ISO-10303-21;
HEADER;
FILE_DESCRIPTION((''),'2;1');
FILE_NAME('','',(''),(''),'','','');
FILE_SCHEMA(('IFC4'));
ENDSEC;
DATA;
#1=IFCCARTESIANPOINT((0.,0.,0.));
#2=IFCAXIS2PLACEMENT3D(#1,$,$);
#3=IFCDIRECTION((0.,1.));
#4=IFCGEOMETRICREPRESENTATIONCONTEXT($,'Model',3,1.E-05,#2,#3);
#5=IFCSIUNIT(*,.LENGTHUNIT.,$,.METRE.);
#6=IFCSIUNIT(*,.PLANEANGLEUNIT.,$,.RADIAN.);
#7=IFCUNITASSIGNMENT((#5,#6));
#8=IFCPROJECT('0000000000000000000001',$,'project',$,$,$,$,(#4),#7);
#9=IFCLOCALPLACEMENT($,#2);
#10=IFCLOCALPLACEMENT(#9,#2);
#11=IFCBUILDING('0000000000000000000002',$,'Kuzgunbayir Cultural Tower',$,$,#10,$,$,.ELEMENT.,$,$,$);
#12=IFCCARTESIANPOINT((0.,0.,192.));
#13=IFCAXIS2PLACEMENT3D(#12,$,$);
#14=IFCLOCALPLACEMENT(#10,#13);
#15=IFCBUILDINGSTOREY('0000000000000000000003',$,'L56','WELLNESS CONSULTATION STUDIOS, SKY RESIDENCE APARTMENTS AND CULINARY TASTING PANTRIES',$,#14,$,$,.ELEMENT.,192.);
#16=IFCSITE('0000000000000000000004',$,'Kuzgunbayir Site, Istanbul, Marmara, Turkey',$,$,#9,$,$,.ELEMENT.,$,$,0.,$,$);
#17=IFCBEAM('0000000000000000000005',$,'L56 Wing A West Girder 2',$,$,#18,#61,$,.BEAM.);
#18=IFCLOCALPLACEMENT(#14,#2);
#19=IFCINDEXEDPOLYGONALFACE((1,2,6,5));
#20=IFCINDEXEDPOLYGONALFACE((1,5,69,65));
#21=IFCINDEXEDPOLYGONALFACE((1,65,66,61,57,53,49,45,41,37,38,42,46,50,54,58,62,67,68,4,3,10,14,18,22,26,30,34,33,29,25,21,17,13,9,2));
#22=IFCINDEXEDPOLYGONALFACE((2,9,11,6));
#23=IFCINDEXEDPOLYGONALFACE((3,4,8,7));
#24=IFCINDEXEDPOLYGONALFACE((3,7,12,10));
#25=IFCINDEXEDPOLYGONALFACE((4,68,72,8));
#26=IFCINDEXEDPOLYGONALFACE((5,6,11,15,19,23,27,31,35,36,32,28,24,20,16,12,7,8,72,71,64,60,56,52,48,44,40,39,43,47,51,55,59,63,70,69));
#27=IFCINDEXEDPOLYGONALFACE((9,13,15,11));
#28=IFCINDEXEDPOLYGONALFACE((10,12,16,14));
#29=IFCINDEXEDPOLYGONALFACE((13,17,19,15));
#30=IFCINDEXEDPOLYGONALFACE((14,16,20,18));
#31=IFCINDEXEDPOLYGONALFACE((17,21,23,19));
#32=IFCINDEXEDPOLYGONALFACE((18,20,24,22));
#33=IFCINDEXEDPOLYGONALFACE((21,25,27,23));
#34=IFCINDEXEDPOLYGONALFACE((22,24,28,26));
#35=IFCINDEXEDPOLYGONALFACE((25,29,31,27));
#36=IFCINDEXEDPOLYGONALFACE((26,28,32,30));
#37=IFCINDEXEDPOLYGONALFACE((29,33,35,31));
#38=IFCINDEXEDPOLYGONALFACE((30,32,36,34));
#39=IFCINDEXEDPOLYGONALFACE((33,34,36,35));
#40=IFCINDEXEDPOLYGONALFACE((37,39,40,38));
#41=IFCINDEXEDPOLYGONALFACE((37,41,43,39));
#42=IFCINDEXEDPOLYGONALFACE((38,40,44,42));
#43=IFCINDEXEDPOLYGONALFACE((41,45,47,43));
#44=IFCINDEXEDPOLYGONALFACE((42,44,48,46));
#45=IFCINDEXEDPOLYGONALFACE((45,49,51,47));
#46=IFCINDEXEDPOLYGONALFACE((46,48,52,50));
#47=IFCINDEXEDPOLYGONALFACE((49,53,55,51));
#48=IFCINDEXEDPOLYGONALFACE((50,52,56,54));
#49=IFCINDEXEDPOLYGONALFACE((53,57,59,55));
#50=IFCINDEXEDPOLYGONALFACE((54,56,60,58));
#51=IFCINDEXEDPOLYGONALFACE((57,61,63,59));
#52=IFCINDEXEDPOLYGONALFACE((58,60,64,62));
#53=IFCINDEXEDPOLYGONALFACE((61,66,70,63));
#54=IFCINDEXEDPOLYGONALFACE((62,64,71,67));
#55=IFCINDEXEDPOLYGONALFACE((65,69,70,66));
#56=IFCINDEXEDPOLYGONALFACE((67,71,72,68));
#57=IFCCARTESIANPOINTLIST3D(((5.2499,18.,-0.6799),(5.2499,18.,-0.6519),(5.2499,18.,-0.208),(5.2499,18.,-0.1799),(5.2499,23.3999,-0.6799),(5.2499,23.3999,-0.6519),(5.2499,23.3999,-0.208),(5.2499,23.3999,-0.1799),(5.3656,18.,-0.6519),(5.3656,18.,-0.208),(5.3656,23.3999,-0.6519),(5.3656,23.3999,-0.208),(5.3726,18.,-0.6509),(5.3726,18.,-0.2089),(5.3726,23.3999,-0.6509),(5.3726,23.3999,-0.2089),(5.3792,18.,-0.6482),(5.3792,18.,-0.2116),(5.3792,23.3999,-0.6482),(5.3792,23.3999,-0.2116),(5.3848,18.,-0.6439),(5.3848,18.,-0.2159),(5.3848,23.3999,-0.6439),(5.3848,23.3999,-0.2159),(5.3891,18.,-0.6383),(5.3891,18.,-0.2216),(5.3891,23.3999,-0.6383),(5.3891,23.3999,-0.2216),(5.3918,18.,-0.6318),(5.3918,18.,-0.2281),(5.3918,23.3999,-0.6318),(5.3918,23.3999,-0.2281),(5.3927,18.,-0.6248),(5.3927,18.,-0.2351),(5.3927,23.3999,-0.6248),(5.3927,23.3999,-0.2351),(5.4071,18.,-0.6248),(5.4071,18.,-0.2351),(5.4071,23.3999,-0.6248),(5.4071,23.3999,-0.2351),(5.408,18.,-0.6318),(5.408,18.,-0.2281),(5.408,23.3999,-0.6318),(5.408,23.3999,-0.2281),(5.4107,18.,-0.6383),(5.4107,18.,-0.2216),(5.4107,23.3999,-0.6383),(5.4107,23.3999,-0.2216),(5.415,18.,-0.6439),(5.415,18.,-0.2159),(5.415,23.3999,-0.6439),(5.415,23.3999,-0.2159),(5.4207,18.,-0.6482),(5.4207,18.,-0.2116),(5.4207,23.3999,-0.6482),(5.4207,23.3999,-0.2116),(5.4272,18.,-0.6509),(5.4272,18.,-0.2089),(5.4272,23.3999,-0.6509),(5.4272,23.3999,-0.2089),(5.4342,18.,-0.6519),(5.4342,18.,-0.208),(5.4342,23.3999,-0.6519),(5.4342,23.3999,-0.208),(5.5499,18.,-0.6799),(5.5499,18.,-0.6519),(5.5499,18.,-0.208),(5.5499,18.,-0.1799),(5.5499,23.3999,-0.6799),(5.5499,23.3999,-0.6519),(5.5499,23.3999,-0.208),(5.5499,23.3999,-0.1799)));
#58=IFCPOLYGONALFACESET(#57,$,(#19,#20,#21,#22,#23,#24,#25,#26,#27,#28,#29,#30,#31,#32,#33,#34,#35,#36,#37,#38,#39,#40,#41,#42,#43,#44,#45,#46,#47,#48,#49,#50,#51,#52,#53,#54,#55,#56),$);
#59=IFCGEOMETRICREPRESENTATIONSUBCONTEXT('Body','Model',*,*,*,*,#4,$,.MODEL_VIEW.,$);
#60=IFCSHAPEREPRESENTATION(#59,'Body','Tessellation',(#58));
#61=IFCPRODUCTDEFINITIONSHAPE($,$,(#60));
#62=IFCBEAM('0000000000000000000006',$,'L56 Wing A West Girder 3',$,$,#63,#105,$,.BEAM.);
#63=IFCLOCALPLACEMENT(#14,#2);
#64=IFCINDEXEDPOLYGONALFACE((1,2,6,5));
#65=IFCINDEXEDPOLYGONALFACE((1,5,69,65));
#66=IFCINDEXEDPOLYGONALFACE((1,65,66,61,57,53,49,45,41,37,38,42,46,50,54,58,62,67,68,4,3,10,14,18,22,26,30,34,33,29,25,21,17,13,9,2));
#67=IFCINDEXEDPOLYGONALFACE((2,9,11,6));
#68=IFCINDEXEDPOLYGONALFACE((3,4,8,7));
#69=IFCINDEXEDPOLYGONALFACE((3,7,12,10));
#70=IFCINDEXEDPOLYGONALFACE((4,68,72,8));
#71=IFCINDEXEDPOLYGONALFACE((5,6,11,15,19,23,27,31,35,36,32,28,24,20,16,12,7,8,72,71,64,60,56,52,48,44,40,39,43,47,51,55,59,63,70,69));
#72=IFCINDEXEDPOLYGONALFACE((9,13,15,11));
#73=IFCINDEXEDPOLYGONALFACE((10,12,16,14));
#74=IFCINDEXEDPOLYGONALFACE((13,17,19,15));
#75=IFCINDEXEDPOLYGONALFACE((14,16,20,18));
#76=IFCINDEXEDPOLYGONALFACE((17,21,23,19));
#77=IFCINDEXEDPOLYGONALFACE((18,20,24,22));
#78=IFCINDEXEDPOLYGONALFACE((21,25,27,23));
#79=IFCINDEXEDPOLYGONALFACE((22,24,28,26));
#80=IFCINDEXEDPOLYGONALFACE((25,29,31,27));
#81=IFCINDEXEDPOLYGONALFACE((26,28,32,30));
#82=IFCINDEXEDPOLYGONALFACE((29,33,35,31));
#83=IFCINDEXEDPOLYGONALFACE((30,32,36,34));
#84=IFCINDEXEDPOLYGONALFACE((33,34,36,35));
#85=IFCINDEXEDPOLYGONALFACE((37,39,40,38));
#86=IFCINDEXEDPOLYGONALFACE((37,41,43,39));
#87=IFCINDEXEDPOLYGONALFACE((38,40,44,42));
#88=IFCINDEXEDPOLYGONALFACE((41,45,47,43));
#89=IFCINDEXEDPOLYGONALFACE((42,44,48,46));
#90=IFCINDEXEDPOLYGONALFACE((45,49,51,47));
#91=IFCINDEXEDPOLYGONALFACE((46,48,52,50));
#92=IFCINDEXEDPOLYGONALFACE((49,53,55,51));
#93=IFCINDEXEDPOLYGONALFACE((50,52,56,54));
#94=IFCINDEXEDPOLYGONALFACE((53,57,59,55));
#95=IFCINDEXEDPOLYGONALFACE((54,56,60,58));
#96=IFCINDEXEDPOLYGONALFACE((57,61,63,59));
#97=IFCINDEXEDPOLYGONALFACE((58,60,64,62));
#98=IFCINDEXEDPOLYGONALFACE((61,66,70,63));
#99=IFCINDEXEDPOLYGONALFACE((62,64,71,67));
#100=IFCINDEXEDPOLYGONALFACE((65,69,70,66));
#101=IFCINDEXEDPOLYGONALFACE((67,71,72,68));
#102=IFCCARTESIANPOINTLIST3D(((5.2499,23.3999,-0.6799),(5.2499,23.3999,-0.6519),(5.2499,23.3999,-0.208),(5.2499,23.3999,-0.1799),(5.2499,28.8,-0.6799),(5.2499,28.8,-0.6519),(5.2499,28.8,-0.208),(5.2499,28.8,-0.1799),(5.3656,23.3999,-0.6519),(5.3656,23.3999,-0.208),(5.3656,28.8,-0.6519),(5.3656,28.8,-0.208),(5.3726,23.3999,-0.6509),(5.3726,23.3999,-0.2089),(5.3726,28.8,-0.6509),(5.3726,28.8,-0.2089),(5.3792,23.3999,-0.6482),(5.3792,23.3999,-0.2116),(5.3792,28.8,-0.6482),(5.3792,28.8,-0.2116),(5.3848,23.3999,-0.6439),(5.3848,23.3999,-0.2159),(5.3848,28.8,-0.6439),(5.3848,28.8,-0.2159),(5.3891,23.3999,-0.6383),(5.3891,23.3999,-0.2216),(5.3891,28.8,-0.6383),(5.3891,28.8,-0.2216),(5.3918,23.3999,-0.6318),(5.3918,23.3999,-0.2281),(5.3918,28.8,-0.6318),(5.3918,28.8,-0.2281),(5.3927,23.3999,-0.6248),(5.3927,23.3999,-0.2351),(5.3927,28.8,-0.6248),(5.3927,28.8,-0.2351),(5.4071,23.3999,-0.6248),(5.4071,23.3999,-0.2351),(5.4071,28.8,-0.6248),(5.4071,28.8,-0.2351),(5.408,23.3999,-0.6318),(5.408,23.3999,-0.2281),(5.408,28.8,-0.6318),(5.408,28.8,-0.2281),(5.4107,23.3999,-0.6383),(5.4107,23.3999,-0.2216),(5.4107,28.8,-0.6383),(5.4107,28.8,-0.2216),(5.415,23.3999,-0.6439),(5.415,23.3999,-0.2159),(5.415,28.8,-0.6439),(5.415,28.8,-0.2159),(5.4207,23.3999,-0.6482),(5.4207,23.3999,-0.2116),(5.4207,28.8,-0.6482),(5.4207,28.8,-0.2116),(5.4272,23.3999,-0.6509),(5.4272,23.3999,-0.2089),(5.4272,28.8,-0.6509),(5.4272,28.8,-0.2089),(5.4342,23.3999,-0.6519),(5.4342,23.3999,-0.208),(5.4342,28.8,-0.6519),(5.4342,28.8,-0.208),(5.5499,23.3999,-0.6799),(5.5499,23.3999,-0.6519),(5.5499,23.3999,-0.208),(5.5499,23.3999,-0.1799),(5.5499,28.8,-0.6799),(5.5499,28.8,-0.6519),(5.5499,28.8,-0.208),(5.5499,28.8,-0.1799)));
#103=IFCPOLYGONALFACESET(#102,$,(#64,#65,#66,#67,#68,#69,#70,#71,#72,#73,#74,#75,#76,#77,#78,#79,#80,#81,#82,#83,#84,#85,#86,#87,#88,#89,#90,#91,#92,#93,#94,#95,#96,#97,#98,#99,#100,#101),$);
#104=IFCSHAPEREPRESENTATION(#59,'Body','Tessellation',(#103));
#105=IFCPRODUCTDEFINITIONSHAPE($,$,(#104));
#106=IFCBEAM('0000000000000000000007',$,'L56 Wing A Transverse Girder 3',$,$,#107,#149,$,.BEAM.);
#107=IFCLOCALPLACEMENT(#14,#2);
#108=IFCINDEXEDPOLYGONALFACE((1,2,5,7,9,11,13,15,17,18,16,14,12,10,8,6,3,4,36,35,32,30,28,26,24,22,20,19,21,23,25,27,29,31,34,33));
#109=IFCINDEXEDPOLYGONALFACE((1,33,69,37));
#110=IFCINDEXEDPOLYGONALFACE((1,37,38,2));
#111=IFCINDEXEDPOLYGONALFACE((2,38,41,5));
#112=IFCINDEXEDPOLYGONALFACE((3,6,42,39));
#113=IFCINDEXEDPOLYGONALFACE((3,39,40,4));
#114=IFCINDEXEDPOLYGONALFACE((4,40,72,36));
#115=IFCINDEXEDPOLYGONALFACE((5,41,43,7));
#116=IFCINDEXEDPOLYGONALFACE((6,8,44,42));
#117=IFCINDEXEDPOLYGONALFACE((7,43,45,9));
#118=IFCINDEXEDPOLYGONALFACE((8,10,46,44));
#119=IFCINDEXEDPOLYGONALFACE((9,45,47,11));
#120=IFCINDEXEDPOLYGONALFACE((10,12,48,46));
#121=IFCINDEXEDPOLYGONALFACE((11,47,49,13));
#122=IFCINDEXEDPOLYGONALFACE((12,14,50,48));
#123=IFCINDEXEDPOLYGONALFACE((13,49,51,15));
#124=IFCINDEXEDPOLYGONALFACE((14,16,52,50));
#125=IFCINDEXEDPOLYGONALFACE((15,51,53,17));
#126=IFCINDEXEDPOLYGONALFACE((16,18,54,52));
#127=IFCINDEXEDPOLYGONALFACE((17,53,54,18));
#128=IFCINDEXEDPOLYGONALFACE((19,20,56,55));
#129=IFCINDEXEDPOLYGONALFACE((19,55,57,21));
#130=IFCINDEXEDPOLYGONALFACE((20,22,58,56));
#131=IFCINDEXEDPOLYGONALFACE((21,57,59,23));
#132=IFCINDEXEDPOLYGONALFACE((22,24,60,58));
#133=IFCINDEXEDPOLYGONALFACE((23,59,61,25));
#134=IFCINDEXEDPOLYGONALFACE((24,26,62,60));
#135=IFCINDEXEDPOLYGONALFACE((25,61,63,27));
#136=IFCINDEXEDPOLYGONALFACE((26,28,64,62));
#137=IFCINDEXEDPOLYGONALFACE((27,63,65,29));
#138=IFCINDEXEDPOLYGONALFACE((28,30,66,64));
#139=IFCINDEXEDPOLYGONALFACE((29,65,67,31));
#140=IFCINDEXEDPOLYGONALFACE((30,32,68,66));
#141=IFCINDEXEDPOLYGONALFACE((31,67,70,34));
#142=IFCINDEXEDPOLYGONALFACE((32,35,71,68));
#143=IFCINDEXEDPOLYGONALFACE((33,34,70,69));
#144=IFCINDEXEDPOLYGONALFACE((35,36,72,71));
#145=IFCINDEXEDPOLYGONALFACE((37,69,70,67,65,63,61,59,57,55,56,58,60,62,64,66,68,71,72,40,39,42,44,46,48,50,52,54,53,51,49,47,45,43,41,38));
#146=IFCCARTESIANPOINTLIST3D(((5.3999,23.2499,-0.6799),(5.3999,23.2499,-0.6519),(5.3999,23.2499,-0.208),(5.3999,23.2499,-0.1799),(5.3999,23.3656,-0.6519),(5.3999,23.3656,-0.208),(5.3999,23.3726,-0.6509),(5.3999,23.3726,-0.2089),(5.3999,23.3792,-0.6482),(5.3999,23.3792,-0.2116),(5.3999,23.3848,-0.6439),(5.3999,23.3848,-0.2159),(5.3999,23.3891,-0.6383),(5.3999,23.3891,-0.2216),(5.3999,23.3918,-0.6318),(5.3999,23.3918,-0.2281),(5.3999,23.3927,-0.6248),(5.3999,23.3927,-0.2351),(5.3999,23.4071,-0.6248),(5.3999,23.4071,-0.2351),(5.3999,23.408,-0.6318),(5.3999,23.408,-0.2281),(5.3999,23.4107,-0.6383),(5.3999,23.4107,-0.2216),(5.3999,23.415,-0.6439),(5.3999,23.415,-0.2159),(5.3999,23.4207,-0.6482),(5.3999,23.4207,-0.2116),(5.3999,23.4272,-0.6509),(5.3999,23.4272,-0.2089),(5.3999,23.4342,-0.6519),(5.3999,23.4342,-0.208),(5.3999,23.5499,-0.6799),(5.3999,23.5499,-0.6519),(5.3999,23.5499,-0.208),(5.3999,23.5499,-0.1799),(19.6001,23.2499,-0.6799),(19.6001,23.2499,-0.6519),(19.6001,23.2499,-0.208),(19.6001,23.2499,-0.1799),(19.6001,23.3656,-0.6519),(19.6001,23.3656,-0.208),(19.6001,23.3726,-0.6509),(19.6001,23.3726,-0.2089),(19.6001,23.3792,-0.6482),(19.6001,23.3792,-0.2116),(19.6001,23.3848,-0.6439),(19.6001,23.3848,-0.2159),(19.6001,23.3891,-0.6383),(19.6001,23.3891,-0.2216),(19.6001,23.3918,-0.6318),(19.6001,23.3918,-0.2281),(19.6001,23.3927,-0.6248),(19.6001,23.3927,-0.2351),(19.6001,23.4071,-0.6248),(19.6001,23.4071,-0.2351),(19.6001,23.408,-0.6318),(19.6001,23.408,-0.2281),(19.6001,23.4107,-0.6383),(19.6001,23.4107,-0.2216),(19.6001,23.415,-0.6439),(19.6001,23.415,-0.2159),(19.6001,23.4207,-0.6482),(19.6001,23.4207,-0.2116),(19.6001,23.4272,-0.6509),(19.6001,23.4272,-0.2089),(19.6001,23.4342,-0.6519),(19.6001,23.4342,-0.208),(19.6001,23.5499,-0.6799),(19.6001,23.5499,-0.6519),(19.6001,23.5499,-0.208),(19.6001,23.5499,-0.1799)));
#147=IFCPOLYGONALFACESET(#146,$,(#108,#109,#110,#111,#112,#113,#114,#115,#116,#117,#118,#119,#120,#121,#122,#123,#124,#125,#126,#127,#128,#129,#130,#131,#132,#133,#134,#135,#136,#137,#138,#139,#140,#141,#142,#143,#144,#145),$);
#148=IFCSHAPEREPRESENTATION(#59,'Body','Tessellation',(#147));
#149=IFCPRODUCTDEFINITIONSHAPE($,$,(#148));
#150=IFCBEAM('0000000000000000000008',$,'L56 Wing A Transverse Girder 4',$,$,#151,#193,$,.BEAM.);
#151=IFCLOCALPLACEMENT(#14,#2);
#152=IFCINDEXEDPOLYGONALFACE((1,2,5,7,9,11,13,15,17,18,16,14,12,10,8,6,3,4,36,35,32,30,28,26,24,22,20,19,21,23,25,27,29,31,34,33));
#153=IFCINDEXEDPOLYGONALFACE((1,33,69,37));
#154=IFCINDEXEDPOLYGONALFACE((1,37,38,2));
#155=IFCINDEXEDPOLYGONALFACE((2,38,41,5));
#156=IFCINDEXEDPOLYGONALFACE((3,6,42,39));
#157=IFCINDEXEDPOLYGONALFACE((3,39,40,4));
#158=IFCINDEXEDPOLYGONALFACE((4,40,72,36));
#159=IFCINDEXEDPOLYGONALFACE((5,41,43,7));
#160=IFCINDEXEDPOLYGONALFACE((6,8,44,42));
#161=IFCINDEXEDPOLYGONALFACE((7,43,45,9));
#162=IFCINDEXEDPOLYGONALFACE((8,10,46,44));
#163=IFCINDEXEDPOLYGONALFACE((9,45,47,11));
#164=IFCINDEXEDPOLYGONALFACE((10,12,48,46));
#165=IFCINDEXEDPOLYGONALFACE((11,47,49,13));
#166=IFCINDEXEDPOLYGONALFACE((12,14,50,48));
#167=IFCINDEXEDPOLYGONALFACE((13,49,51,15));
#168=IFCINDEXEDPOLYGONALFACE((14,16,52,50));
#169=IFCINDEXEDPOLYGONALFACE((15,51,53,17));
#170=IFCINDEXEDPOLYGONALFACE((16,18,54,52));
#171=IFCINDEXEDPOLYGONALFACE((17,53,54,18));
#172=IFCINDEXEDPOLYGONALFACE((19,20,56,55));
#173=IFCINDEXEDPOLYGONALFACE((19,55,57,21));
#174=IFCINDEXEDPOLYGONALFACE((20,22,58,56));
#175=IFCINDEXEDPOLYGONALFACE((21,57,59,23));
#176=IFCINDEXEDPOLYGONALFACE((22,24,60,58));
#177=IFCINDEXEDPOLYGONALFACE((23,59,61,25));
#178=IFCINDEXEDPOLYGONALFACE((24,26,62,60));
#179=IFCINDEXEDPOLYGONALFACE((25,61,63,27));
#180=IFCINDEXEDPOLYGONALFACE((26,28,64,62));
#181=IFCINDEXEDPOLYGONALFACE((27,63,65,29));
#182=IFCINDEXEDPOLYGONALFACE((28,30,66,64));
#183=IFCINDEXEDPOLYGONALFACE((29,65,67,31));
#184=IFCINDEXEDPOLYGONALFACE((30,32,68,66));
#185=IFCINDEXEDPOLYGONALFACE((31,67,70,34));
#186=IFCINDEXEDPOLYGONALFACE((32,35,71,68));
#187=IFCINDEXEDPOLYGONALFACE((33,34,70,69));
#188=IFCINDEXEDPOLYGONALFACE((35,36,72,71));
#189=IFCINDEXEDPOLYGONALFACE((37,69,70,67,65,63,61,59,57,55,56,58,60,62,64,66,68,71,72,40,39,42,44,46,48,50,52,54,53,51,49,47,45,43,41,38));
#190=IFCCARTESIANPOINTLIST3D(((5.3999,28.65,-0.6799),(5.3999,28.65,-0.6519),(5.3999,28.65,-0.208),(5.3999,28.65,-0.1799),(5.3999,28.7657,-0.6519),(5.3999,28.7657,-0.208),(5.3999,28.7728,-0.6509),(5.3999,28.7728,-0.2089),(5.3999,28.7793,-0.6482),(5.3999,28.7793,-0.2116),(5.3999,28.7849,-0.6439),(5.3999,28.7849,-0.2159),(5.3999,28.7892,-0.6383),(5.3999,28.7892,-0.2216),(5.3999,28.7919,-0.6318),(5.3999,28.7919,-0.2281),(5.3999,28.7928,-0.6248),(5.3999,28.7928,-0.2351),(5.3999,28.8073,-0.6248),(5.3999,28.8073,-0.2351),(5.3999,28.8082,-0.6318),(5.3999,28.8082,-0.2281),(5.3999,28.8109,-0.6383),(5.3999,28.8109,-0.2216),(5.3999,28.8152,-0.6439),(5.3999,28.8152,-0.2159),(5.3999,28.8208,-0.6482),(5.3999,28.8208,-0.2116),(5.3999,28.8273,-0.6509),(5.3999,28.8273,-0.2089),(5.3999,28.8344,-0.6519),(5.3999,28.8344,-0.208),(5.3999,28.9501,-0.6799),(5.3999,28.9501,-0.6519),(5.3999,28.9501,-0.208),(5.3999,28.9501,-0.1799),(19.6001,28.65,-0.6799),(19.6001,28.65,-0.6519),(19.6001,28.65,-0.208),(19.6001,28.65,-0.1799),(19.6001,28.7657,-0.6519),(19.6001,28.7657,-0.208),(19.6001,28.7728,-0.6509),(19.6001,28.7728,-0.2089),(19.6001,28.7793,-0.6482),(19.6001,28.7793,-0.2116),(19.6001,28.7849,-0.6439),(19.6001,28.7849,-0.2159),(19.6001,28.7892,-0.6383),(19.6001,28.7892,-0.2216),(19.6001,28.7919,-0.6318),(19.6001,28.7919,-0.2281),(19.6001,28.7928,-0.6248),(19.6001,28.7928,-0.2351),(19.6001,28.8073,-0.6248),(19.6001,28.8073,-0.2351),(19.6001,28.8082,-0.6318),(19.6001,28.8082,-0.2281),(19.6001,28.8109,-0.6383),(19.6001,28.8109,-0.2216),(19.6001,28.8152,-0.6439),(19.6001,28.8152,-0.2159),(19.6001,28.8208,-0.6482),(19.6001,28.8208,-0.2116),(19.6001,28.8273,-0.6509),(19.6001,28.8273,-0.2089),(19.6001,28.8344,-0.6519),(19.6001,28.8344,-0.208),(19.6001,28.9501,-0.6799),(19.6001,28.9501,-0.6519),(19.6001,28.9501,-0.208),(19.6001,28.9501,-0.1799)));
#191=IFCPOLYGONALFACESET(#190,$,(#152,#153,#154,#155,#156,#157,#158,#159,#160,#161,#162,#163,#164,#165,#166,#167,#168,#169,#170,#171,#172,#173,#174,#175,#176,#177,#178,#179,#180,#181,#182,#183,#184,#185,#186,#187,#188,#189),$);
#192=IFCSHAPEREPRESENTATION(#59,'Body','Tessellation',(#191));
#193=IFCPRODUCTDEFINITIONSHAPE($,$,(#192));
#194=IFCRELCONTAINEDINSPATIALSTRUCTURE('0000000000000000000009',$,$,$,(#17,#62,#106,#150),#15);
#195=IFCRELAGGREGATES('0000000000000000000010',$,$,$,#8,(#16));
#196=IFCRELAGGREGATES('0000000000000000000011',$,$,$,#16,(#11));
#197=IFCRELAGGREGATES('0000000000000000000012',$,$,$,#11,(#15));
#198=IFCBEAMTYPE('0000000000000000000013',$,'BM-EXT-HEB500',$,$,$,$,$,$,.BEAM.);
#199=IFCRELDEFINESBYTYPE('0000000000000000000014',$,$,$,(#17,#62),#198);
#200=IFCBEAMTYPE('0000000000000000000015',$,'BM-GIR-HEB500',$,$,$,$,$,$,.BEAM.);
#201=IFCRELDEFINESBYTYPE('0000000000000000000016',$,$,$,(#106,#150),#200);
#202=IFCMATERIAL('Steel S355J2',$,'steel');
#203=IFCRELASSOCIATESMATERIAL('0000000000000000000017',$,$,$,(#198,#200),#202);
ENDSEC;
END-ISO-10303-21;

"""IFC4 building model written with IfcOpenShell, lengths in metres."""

from ifc_helpers import new_model, si_unit, direction, frame, origin, origin_2d, place, context, subcontext, project, spatial, i_section, extrude, material, material_profile, profile_set, type_object, element, save


model = new_model("IFC4")

# Units and contexts
model_context = context("Model", 3, precision=1e-05, world=origin(), true_north=direction((0.0, 1.0)))
body_context = subcontext(model_context, "Body", "Model", "MODEL_VIEW")
ifc_project = project(units=[si_unit("LENGTHUNIT", "METRE"), si_unit("PLANEANGLEUNIT", "RADIAN")], contexts=[model_context])

# Site, building, storey
site_placement = place(None, origin())
site = spatial("IfcSite", under=ifc_project, at=site_placement, Name="Kuzgunbayir Site, Istanbul, Marmara, Turkey", CompositionType="ELEMENT", RefElevation=0.0)
building_placement = place(site_placement, origin())
building = spatial("IfcBuilding", under=site, at=building_placement, Name="Kuzgunbayir Cultural Tower", CompositionType="ELEMENT")
storey_placement = place(building_placement, frame((0.0, 0.0, 192.0)))
storey = spatial("IfcBuildingStorey", under=building, at=storey_placement, Name="L56", Description="WELLNESS CONSULTATION STUDIOS, SKY RESIDENCE APARTMENTS AND CULINARY TASTING PANTRIES", CompositionType="ELEMENT", Elevation=192.0)

# Beams
ifc_material_1 = material(Name="Steel S355J2", Category="steel")
ifc_material_profile_1 = material_profile(ifc_material_1, i_section(OverallWidth=0.3, OverallDepth=0.5, WebThickness=0.0144, FlangeThickness=0.0281, FilletRadius=0.0271, at=origin_2d()), Name="HEB 500")
ifc_profile_set_1 = profile_set([ifc_material_profile_1], Name="Steel S355J2")
beam_type_1 = type_object("IfcBeamType", Name="BM-EXT-HEB500", PredefinedType="BEAM", material=ifc_profile_set_1)
beam_1_placement = place(storey_placement, frame((5.3999, 18.0, -0.4299), z_axis=(0.0, 1.0, 0.0), x_axis=(-1.0, 0.0, 0.0)))
element("IfcBeam", 1, at=beam_1_placement, inside=storey, type_object=beam_type_1, Name="L56 Wing A West Girder 2", PredefinedType="BEAM", context=body_context, shape_type="SweptSolid", body=[
    extrude(i_section(OverallWidth=0.3, OverallDepth=0.5, WebThickness=0.0144, FlangeThickness=0.0281, FilletRadius=0.0271, at=origin_2d()), origin(), (0.0, 0.0, 1.0), 5.3999),
])
beam_2_placement = place(storey_placement, frame((5.3999, 23.3999, -0.4299), z_axis=(0.0, 1.0, 0.0), x_axis=(-1.0, 0.0, 0.0)))
element("IfcBeam", 2, at=beam_2_placement, inside=storey, type_object=beam_type_1, Name="L56 Wing A West Girder 3", PredefinedType="BEAM", context=body_context, shape_type="SweptSolid", body=[
    extrude(i_section(OverallWidth=0.3, OverallDepth=0.5, WebThickness=0.0144, FlangeThickness=0.0281, FilletRadius=0.0271, at=origin_2d()), origin(), (0.0, 0.0, 1.0), 5.4001),
])
ifc_material_profile_2 = material_profile(ifc_material_1, i_section(OverallWidth=0.3, OverallDepth=0.5, WebThickness=0.0144, FlangeThickness=0.0281, FilletRadius=0.0271, at=origin_2d()), Name="HEB 500")
ifc_profile_set_2 = profile_set([ifc_material_profile_2], Name="Steel S355J2")
beam_type_2 = type_object("IfcBeamType", Name="BM-GIR-HEB500", PredefinedType="BEAM", material=ifc_profile_set_2)
for number, where, z_axis, x_axis, name in (
    (3, (5.3999, 23.3999, -0.4299), (1.0, 0.0, 0.0), (0.0, 1.0, 0.0), "L56 Wing A Transverse Girder 3"),
    (4, (5.3999, 28.8, -0.4299), (1.0, 0.0, 0.0), (0.0, 1.0, 0.0), "L56 Wing A Transverse Girder 4"),
):
    element("IfcBeam", number, at=place(storey_placement, frame(where, z_axis=z_axis, x_axis=x_axis)), inside=storey, type_object=beam_type_2, Name=name, PredefinedType="BEAM", context=body_context, shape_type="SweptSolid", body=[
        extrude(i_section(OverallWidth=0.3, OverallDepth=0.5, WebThickness=0.0144, FlangeThickness=0.0281, FilletRadius=0.0271, at=origin_2d()), origin(), (0.0, 0.0, 1.0), 14.2002),
    ])

save(model, "model.ifc")
